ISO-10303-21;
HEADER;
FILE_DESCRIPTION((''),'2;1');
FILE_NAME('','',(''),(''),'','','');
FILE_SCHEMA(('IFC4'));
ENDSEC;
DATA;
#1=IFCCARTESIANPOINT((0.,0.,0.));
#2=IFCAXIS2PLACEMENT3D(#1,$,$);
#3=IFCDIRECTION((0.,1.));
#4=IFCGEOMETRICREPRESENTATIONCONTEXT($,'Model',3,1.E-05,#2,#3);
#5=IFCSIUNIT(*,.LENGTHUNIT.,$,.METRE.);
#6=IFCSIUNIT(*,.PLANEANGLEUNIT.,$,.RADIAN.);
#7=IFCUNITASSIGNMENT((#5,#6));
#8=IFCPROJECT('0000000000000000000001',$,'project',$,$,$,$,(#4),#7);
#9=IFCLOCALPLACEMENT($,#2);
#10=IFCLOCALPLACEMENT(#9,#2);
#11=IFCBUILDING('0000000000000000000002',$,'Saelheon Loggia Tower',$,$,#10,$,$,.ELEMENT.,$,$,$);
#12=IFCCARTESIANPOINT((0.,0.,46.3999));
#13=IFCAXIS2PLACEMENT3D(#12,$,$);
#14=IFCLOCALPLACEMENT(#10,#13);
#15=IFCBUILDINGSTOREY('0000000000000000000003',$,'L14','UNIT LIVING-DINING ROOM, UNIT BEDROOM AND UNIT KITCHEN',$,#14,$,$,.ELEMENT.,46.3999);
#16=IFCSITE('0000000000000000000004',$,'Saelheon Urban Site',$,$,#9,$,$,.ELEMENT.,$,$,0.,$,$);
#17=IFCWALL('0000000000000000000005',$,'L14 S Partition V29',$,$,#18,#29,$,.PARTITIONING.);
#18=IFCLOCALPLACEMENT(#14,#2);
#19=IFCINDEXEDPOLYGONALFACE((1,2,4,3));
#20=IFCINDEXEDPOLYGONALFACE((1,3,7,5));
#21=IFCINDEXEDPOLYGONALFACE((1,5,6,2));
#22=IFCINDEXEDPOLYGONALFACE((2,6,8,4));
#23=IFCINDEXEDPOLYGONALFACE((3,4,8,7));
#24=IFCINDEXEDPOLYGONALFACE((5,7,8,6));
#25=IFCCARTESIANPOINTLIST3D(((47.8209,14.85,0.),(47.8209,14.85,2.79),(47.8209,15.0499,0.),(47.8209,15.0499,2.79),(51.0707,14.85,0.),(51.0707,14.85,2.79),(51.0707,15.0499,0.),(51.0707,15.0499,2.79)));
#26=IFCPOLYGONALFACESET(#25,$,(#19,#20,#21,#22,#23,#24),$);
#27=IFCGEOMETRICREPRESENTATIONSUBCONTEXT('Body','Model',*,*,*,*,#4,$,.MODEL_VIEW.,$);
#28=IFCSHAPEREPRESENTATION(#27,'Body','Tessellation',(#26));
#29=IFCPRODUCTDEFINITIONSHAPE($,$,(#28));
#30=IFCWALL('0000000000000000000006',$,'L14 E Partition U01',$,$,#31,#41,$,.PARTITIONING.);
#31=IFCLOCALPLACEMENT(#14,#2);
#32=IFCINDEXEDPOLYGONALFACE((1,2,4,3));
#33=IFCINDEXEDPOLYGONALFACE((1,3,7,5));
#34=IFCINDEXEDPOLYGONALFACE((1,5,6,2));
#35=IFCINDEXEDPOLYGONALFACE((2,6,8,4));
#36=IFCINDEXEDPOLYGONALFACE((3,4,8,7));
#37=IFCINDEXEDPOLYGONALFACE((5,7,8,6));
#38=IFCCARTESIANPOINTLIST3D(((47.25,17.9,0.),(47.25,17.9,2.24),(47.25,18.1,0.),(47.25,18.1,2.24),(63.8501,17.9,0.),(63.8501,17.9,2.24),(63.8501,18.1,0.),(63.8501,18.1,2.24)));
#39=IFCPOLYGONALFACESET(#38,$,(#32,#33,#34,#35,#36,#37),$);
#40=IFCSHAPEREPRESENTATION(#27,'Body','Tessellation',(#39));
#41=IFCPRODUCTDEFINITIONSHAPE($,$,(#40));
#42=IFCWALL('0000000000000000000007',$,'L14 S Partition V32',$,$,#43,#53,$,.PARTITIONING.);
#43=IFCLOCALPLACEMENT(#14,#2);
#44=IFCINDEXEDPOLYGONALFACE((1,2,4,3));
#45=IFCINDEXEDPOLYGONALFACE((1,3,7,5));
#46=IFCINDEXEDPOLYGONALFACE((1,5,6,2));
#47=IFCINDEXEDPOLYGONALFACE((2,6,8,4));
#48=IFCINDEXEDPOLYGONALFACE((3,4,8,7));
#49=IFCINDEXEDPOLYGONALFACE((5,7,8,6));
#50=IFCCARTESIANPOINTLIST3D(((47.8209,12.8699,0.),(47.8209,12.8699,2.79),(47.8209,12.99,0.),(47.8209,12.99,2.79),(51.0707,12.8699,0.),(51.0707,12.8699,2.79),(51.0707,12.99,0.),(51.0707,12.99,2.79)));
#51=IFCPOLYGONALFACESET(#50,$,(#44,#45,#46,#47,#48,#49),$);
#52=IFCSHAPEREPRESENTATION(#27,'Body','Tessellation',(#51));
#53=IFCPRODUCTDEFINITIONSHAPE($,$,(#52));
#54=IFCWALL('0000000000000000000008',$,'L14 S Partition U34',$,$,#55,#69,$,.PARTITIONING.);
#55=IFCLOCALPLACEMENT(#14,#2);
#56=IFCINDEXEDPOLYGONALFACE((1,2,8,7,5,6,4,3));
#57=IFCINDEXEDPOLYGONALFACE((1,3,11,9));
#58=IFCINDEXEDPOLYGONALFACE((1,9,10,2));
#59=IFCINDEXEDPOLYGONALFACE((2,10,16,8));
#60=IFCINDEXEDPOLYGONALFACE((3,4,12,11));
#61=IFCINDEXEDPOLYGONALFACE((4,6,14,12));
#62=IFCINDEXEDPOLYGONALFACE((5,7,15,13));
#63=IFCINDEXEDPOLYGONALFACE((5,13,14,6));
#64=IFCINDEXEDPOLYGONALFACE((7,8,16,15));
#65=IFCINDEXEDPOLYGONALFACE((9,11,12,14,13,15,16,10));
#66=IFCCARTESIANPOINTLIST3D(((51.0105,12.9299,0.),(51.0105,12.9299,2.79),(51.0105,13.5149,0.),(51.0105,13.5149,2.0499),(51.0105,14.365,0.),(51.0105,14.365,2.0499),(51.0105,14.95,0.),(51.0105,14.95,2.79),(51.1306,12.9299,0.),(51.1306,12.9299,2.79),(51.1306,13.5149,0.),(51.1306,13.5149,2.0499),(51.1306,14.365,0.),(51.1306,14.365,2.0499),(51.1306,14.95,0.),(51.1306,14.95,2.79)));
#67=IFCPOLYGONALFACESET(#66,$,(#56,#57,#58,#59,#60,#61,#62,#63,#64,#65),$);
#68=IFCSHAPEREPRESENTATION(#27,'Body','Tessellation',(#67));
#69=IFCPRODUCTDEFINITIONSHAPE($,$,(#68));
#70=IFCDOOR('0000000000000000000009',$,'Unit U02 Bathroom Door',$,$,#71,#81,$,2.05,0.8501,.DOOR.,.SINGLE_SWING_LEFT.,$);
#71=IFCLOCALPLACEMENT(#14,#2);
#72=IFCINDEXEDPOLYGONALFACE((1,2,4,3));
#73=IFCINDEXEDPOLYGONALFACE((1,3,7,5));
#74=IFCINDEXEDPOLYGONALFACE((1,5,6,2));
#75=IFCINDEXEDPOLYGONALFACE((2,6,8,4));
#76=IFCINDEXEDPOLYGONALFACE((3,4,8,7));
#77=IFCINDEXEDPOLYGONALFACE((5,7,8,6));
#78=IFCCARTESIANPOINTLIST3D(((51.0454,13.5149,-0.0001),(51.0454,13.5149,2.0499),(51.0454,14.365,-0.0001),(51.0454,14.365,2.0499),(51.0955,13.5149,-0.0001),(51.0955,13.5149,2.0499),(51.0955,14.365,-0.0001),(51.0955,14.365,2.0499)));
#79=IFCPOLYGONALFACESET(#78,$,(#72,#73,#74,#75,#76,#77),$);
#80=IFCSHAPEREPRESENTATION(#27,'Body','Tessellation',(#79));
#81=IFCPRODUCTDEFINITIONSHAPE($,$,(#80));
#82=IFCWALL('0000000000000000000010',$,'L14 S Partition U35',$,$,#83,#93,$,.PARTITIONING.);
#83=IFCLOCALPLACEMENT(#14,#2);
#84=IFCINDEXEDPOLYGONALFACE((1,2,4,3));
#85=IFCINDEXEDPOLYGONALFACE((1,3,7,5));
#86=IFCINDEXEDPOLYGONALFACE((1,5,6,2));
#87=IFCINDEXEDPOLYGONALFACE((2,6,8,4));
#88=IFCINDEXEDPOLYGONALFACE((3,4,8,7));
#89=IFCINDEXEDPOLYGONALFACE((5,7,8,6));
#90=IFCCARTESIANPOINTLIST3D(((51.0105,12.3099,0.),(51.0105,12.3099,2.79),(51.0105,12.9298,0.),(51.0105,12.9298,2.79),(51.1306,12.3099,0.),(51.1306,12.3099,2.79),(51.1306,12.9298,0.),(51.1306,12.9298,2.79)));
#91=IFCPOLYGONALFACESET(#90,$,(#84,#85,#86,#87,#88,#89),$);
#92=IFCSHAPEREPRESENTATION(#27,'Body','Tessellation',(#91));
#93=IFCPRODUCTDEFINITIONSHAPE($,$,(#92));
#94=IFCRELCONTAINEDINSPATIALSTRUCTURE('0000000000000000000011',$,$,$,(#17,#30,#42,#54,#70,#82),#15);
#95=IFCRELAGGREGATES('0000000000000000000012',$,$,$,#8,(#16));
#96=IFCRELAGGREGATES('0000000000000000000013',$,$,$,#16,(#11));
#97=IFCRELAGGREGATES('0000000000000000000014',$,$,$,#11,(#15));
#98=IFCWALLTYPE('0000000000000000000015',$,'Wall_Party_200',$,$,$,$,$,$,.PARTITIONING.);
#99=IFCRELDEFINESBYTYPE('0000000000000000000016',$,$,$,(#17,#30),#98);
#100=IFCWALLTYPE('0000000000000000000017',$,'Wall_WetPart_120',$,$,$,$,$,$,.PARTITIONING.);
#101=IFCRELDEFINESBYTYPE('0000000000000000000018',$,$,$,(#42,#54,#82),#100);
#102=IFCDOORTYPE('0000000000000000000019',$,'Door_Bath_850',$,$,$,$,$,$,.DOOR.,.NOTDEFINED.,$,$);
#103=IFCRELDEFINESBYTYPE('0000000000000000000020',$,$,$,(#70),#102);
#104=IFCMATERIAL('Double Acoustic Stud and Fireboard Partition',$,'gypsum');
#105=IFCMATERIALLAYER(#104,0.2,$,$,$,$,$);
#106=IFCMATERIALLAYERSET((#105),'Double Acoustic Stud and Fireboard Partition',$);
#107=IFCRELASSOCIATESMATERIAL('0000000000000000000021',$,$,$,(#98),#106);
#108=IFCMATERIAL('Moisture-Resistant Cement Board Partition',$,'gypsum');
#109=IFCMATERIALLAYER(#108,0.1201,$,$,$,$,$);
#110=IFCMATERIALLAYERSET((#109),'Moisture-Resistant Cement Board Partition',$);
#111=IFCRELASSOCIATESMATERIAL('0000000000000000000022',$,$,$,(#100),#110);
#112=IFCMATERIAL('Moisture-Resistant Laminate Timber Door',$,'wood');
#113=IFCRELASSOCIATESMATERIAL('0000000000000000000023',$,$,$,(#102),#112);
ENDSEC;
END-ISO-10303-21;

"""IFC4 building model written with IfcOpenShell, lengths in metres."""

from ifc_helpers import new_model, si_unit, direction, frame, frame_2d, origin, place, context, subcontext, project, spatial, rectangle, extrude, source, transform, mapped, material, layer, layer_set, type_object, element, fill, save


model = new_model("IFC4")

# Units and contexts
model_context = context("Model", 3, precision=1e-05, world=origin(), true_north=direction((0.0, 1.0)))
body_context = subcontext(model_context, "Body", "Model", "MODEL_VIEW")
ifc_project = project(units=[si_unit("LENGTHUNIT", "METRE"), si_unit("PLANEANGLEUNIT", "RADIAN")], contexts=[model_context])

# Site, building, storey
site_placement = place(None, origin())
site = spatial("IfcSite", under=ifc_project, at=site_placement, Name="Saelheon Urban Site", CompositionType="ELEMENT", RefElevation=0.0)
building_placement = place(site_placement, origin())
building = spatial("IfcBuilding", under=site, at=building_placement, Name="Saelheon Loggia Tower", CompositionType="ELEMENT")
storey_placement = place(building_placement, frame((0.0, 0.0, 46.3999)))
storey = spatial("IfcBuildingStorey", under=building, at=storey_placement, Name="L14", Description="UNIT LIVING-DINING ROOM, UNIT BEDROOM AND UNIT KITCHEN", CompositionType="ELEMENT", Elevation=46.3999)

# Wall
ifc_material_1 = material(Name="Double Acoustic Stud and Fireboard Partition", Category="gypsum")
ifc_layer_1 = layer(ifc_material_1, 0.2)
ifc_layer_set_1 = layer_set([ifc_layer_1], Name="Double Acoustic Stud and Fireboard Partition")
wall_type_1 = type_object("IfcWallType", Name="Wall_Party_200", PredefinedType="PARTITIONING", material=ifc_layer_set_1)
wall_1_placement = place(storey_placement, frame((47.8208, 14.95, 0.0), z_axis=(0.0, 0.0, 1.0), x_axis=(1.0, 0.0, 0.0)))
element("IfcWall", 1, at=wall_1_placement, inside=storey, type_object=wall_type_1, Name="L14 S Partition V29", PredefinedType="PARTITIONING", context=body_context, shape_type="SweptSolid", body=[
    extrude(rectangle(XDim=3.2498, YDim=0.2, at=frame_2d((1.625, 0.0))), origin(), (0.0, 0.0, 1.0), 2.79),
])

# Walls
wall_2_placement = place(storey_placement, frame((47.25, 18.0, 0.0), z_axis=(0.0, 0.0, 1.0), x_axis=(1.0, 0.0, 0.0)))
element("IfcWall", 2, at=wall_2_placement, inside=storey, type_object=wall_type_1, Name="L14 E Partition U01", PredefinedType="PARTITIONING", context=body_context, shape_type="SweptSolid", body=[
    extrude(rectangle(XDim=16.6001, YDim=0.2, at=frame_2d((8.3, 0.0))), origin(), (0.0, 0.0, 1.0), 2.24),
])
ifc_material_2 = material(Name="Moisture-Resistant Cement Board Partition", Category="gypsum")
ifc_layer_2 = layer(ifc_material_2, 0.1201)
ifc_layer_set_2 = layer_set([ifc_layer_2], Name="Moisture-Resistant Cement Board Partition")
wall_type_2 = type_object("IfcWallType", Name="Wall_WetPart_120", PredefinedType="PARTITIONING", material=ifc_layer_set_2)
wall_3_placement = place(storey_placement, frame((47.8208, 12.9299, 0.0), z_axis=(0.0, 0.0, 1.0), x_axis=(1.0, 0.0, 0.0)))
element("IfcWall", 3, at=wall_3_placement, inside=storey, type_object=wall_type_2, Name="L14 S Partition V32", PredefinedType="PARTITIONING", context=body_context, shape_type="SweptSolid", body=[
    extrude(rectangle(XDim=3.2498, YDim=0.1201, at=frame_2d((1.625, 0.0))), origin(), (0.0, 0.0, 1.0), 2.79),
])

# Wall, opening, door
wall_4_placement = place(storey_placement, frame((51.0706, 14.95, 0.0), z_axis=(0.0, 0.0, 1.0), x_axis=(0.0, -1.0, 0.0)))
wall_4 = element("IfcWall", 4, at=wall_4_placement, inside=storey, type_object=wall_type_2, Name="L14 S Partition U34", PredefinedType="PARTITIONING", context=body_context, shape_type="SweptSolid", body=[
    extrude(rectangle(XDim=2.02, YDim=0.1201, at=frame_2d((1.01, 0.0))), origin(), (0.0, 0.0, 1.0), 2.79),
])
opening_1_placement = place(wall_4_placement, frame((0.585, 0.0, 0.0)))
opening_1 = element("IfcOpeningElement", 5, at=opening_1_placement, cuts=wall_4, PredefinedType="OPENING", context=body_context, shape_type="SweptSolid", body=[
    extrude(rectangle(XDim=0.8501, YDim=2.05, at=frame_2d((0.425, 1.0249))), frame((0.0, 0.072, 0.0), z_axis=(0.0, -1.0, 0.0), x_axis=(1.0, 0.0, 0.0)), (0.0, 0.0, 1.0), 0.144),
])
ifc_material_3 = material(Name="Moisture-Resistant Laminate Timber Door", Category="wood")
door_type_1 = type_object("IfcDoorType", Name="Door_Bath_850", OperationType="NOTDEFINED", PredefinedType="DOOR", material=ifc_material_3)
shared_shape_1 = source(origin(), body_context, "Body", "SweptSolid", [
    extrude(rectangle(XDim=0.8501, YDim=2.05, at=frame_2d((0.425, 1.0249))), frame((0.0, 0.0249, 0.0), z_axis=(0.0, -1.0, 0.0), x_axis=(1.0, 0.0, 0.0)), (0.0, 0.0, 1.0), 0.05),
])
door_1_placement = place(opening_1_placement, origin())
door_1 = element("IfcDoor", 6, at=door_1_placement, inside=storey, type_object=door_type_1, Name="Unit U02 Bathroom Door", OperationType="SINGLE_SWING_LEFT", OverallHeight=2.05, OverallWidth=0.8501, PredefinedType="DOOR", context=body_context, shape_type="MappedRepresentation", body=[
    mapped(shared_shape_1, transform((0.0, 0.0, 0.0), scale=1.0)),
])
fill(opening_1, door_1)

# Wall
wall_5_placement = place(storey_placement, frame((51.0706, 12.9299, 0.0), z_axis=(0.0, 0.0, 1.0), x_axis=(0.0, -1.0, 0.0)))
element("IfcWall", 7, at=wall_5_placement, inside=storey, type_object=wall_type_2, Name="L14 S Partition U35", PredefinedType="PARTITIONING", context=body_context, shape_type="SweptSolid", body=[
    extrude(rectangle(XDim=0.6199, YDim=0.1201, at=frame_2d((0.3101, 0.0))), origin(), (0.0, 0.0, 1.0), 2.79),
])

save(model, "model.ifc")
